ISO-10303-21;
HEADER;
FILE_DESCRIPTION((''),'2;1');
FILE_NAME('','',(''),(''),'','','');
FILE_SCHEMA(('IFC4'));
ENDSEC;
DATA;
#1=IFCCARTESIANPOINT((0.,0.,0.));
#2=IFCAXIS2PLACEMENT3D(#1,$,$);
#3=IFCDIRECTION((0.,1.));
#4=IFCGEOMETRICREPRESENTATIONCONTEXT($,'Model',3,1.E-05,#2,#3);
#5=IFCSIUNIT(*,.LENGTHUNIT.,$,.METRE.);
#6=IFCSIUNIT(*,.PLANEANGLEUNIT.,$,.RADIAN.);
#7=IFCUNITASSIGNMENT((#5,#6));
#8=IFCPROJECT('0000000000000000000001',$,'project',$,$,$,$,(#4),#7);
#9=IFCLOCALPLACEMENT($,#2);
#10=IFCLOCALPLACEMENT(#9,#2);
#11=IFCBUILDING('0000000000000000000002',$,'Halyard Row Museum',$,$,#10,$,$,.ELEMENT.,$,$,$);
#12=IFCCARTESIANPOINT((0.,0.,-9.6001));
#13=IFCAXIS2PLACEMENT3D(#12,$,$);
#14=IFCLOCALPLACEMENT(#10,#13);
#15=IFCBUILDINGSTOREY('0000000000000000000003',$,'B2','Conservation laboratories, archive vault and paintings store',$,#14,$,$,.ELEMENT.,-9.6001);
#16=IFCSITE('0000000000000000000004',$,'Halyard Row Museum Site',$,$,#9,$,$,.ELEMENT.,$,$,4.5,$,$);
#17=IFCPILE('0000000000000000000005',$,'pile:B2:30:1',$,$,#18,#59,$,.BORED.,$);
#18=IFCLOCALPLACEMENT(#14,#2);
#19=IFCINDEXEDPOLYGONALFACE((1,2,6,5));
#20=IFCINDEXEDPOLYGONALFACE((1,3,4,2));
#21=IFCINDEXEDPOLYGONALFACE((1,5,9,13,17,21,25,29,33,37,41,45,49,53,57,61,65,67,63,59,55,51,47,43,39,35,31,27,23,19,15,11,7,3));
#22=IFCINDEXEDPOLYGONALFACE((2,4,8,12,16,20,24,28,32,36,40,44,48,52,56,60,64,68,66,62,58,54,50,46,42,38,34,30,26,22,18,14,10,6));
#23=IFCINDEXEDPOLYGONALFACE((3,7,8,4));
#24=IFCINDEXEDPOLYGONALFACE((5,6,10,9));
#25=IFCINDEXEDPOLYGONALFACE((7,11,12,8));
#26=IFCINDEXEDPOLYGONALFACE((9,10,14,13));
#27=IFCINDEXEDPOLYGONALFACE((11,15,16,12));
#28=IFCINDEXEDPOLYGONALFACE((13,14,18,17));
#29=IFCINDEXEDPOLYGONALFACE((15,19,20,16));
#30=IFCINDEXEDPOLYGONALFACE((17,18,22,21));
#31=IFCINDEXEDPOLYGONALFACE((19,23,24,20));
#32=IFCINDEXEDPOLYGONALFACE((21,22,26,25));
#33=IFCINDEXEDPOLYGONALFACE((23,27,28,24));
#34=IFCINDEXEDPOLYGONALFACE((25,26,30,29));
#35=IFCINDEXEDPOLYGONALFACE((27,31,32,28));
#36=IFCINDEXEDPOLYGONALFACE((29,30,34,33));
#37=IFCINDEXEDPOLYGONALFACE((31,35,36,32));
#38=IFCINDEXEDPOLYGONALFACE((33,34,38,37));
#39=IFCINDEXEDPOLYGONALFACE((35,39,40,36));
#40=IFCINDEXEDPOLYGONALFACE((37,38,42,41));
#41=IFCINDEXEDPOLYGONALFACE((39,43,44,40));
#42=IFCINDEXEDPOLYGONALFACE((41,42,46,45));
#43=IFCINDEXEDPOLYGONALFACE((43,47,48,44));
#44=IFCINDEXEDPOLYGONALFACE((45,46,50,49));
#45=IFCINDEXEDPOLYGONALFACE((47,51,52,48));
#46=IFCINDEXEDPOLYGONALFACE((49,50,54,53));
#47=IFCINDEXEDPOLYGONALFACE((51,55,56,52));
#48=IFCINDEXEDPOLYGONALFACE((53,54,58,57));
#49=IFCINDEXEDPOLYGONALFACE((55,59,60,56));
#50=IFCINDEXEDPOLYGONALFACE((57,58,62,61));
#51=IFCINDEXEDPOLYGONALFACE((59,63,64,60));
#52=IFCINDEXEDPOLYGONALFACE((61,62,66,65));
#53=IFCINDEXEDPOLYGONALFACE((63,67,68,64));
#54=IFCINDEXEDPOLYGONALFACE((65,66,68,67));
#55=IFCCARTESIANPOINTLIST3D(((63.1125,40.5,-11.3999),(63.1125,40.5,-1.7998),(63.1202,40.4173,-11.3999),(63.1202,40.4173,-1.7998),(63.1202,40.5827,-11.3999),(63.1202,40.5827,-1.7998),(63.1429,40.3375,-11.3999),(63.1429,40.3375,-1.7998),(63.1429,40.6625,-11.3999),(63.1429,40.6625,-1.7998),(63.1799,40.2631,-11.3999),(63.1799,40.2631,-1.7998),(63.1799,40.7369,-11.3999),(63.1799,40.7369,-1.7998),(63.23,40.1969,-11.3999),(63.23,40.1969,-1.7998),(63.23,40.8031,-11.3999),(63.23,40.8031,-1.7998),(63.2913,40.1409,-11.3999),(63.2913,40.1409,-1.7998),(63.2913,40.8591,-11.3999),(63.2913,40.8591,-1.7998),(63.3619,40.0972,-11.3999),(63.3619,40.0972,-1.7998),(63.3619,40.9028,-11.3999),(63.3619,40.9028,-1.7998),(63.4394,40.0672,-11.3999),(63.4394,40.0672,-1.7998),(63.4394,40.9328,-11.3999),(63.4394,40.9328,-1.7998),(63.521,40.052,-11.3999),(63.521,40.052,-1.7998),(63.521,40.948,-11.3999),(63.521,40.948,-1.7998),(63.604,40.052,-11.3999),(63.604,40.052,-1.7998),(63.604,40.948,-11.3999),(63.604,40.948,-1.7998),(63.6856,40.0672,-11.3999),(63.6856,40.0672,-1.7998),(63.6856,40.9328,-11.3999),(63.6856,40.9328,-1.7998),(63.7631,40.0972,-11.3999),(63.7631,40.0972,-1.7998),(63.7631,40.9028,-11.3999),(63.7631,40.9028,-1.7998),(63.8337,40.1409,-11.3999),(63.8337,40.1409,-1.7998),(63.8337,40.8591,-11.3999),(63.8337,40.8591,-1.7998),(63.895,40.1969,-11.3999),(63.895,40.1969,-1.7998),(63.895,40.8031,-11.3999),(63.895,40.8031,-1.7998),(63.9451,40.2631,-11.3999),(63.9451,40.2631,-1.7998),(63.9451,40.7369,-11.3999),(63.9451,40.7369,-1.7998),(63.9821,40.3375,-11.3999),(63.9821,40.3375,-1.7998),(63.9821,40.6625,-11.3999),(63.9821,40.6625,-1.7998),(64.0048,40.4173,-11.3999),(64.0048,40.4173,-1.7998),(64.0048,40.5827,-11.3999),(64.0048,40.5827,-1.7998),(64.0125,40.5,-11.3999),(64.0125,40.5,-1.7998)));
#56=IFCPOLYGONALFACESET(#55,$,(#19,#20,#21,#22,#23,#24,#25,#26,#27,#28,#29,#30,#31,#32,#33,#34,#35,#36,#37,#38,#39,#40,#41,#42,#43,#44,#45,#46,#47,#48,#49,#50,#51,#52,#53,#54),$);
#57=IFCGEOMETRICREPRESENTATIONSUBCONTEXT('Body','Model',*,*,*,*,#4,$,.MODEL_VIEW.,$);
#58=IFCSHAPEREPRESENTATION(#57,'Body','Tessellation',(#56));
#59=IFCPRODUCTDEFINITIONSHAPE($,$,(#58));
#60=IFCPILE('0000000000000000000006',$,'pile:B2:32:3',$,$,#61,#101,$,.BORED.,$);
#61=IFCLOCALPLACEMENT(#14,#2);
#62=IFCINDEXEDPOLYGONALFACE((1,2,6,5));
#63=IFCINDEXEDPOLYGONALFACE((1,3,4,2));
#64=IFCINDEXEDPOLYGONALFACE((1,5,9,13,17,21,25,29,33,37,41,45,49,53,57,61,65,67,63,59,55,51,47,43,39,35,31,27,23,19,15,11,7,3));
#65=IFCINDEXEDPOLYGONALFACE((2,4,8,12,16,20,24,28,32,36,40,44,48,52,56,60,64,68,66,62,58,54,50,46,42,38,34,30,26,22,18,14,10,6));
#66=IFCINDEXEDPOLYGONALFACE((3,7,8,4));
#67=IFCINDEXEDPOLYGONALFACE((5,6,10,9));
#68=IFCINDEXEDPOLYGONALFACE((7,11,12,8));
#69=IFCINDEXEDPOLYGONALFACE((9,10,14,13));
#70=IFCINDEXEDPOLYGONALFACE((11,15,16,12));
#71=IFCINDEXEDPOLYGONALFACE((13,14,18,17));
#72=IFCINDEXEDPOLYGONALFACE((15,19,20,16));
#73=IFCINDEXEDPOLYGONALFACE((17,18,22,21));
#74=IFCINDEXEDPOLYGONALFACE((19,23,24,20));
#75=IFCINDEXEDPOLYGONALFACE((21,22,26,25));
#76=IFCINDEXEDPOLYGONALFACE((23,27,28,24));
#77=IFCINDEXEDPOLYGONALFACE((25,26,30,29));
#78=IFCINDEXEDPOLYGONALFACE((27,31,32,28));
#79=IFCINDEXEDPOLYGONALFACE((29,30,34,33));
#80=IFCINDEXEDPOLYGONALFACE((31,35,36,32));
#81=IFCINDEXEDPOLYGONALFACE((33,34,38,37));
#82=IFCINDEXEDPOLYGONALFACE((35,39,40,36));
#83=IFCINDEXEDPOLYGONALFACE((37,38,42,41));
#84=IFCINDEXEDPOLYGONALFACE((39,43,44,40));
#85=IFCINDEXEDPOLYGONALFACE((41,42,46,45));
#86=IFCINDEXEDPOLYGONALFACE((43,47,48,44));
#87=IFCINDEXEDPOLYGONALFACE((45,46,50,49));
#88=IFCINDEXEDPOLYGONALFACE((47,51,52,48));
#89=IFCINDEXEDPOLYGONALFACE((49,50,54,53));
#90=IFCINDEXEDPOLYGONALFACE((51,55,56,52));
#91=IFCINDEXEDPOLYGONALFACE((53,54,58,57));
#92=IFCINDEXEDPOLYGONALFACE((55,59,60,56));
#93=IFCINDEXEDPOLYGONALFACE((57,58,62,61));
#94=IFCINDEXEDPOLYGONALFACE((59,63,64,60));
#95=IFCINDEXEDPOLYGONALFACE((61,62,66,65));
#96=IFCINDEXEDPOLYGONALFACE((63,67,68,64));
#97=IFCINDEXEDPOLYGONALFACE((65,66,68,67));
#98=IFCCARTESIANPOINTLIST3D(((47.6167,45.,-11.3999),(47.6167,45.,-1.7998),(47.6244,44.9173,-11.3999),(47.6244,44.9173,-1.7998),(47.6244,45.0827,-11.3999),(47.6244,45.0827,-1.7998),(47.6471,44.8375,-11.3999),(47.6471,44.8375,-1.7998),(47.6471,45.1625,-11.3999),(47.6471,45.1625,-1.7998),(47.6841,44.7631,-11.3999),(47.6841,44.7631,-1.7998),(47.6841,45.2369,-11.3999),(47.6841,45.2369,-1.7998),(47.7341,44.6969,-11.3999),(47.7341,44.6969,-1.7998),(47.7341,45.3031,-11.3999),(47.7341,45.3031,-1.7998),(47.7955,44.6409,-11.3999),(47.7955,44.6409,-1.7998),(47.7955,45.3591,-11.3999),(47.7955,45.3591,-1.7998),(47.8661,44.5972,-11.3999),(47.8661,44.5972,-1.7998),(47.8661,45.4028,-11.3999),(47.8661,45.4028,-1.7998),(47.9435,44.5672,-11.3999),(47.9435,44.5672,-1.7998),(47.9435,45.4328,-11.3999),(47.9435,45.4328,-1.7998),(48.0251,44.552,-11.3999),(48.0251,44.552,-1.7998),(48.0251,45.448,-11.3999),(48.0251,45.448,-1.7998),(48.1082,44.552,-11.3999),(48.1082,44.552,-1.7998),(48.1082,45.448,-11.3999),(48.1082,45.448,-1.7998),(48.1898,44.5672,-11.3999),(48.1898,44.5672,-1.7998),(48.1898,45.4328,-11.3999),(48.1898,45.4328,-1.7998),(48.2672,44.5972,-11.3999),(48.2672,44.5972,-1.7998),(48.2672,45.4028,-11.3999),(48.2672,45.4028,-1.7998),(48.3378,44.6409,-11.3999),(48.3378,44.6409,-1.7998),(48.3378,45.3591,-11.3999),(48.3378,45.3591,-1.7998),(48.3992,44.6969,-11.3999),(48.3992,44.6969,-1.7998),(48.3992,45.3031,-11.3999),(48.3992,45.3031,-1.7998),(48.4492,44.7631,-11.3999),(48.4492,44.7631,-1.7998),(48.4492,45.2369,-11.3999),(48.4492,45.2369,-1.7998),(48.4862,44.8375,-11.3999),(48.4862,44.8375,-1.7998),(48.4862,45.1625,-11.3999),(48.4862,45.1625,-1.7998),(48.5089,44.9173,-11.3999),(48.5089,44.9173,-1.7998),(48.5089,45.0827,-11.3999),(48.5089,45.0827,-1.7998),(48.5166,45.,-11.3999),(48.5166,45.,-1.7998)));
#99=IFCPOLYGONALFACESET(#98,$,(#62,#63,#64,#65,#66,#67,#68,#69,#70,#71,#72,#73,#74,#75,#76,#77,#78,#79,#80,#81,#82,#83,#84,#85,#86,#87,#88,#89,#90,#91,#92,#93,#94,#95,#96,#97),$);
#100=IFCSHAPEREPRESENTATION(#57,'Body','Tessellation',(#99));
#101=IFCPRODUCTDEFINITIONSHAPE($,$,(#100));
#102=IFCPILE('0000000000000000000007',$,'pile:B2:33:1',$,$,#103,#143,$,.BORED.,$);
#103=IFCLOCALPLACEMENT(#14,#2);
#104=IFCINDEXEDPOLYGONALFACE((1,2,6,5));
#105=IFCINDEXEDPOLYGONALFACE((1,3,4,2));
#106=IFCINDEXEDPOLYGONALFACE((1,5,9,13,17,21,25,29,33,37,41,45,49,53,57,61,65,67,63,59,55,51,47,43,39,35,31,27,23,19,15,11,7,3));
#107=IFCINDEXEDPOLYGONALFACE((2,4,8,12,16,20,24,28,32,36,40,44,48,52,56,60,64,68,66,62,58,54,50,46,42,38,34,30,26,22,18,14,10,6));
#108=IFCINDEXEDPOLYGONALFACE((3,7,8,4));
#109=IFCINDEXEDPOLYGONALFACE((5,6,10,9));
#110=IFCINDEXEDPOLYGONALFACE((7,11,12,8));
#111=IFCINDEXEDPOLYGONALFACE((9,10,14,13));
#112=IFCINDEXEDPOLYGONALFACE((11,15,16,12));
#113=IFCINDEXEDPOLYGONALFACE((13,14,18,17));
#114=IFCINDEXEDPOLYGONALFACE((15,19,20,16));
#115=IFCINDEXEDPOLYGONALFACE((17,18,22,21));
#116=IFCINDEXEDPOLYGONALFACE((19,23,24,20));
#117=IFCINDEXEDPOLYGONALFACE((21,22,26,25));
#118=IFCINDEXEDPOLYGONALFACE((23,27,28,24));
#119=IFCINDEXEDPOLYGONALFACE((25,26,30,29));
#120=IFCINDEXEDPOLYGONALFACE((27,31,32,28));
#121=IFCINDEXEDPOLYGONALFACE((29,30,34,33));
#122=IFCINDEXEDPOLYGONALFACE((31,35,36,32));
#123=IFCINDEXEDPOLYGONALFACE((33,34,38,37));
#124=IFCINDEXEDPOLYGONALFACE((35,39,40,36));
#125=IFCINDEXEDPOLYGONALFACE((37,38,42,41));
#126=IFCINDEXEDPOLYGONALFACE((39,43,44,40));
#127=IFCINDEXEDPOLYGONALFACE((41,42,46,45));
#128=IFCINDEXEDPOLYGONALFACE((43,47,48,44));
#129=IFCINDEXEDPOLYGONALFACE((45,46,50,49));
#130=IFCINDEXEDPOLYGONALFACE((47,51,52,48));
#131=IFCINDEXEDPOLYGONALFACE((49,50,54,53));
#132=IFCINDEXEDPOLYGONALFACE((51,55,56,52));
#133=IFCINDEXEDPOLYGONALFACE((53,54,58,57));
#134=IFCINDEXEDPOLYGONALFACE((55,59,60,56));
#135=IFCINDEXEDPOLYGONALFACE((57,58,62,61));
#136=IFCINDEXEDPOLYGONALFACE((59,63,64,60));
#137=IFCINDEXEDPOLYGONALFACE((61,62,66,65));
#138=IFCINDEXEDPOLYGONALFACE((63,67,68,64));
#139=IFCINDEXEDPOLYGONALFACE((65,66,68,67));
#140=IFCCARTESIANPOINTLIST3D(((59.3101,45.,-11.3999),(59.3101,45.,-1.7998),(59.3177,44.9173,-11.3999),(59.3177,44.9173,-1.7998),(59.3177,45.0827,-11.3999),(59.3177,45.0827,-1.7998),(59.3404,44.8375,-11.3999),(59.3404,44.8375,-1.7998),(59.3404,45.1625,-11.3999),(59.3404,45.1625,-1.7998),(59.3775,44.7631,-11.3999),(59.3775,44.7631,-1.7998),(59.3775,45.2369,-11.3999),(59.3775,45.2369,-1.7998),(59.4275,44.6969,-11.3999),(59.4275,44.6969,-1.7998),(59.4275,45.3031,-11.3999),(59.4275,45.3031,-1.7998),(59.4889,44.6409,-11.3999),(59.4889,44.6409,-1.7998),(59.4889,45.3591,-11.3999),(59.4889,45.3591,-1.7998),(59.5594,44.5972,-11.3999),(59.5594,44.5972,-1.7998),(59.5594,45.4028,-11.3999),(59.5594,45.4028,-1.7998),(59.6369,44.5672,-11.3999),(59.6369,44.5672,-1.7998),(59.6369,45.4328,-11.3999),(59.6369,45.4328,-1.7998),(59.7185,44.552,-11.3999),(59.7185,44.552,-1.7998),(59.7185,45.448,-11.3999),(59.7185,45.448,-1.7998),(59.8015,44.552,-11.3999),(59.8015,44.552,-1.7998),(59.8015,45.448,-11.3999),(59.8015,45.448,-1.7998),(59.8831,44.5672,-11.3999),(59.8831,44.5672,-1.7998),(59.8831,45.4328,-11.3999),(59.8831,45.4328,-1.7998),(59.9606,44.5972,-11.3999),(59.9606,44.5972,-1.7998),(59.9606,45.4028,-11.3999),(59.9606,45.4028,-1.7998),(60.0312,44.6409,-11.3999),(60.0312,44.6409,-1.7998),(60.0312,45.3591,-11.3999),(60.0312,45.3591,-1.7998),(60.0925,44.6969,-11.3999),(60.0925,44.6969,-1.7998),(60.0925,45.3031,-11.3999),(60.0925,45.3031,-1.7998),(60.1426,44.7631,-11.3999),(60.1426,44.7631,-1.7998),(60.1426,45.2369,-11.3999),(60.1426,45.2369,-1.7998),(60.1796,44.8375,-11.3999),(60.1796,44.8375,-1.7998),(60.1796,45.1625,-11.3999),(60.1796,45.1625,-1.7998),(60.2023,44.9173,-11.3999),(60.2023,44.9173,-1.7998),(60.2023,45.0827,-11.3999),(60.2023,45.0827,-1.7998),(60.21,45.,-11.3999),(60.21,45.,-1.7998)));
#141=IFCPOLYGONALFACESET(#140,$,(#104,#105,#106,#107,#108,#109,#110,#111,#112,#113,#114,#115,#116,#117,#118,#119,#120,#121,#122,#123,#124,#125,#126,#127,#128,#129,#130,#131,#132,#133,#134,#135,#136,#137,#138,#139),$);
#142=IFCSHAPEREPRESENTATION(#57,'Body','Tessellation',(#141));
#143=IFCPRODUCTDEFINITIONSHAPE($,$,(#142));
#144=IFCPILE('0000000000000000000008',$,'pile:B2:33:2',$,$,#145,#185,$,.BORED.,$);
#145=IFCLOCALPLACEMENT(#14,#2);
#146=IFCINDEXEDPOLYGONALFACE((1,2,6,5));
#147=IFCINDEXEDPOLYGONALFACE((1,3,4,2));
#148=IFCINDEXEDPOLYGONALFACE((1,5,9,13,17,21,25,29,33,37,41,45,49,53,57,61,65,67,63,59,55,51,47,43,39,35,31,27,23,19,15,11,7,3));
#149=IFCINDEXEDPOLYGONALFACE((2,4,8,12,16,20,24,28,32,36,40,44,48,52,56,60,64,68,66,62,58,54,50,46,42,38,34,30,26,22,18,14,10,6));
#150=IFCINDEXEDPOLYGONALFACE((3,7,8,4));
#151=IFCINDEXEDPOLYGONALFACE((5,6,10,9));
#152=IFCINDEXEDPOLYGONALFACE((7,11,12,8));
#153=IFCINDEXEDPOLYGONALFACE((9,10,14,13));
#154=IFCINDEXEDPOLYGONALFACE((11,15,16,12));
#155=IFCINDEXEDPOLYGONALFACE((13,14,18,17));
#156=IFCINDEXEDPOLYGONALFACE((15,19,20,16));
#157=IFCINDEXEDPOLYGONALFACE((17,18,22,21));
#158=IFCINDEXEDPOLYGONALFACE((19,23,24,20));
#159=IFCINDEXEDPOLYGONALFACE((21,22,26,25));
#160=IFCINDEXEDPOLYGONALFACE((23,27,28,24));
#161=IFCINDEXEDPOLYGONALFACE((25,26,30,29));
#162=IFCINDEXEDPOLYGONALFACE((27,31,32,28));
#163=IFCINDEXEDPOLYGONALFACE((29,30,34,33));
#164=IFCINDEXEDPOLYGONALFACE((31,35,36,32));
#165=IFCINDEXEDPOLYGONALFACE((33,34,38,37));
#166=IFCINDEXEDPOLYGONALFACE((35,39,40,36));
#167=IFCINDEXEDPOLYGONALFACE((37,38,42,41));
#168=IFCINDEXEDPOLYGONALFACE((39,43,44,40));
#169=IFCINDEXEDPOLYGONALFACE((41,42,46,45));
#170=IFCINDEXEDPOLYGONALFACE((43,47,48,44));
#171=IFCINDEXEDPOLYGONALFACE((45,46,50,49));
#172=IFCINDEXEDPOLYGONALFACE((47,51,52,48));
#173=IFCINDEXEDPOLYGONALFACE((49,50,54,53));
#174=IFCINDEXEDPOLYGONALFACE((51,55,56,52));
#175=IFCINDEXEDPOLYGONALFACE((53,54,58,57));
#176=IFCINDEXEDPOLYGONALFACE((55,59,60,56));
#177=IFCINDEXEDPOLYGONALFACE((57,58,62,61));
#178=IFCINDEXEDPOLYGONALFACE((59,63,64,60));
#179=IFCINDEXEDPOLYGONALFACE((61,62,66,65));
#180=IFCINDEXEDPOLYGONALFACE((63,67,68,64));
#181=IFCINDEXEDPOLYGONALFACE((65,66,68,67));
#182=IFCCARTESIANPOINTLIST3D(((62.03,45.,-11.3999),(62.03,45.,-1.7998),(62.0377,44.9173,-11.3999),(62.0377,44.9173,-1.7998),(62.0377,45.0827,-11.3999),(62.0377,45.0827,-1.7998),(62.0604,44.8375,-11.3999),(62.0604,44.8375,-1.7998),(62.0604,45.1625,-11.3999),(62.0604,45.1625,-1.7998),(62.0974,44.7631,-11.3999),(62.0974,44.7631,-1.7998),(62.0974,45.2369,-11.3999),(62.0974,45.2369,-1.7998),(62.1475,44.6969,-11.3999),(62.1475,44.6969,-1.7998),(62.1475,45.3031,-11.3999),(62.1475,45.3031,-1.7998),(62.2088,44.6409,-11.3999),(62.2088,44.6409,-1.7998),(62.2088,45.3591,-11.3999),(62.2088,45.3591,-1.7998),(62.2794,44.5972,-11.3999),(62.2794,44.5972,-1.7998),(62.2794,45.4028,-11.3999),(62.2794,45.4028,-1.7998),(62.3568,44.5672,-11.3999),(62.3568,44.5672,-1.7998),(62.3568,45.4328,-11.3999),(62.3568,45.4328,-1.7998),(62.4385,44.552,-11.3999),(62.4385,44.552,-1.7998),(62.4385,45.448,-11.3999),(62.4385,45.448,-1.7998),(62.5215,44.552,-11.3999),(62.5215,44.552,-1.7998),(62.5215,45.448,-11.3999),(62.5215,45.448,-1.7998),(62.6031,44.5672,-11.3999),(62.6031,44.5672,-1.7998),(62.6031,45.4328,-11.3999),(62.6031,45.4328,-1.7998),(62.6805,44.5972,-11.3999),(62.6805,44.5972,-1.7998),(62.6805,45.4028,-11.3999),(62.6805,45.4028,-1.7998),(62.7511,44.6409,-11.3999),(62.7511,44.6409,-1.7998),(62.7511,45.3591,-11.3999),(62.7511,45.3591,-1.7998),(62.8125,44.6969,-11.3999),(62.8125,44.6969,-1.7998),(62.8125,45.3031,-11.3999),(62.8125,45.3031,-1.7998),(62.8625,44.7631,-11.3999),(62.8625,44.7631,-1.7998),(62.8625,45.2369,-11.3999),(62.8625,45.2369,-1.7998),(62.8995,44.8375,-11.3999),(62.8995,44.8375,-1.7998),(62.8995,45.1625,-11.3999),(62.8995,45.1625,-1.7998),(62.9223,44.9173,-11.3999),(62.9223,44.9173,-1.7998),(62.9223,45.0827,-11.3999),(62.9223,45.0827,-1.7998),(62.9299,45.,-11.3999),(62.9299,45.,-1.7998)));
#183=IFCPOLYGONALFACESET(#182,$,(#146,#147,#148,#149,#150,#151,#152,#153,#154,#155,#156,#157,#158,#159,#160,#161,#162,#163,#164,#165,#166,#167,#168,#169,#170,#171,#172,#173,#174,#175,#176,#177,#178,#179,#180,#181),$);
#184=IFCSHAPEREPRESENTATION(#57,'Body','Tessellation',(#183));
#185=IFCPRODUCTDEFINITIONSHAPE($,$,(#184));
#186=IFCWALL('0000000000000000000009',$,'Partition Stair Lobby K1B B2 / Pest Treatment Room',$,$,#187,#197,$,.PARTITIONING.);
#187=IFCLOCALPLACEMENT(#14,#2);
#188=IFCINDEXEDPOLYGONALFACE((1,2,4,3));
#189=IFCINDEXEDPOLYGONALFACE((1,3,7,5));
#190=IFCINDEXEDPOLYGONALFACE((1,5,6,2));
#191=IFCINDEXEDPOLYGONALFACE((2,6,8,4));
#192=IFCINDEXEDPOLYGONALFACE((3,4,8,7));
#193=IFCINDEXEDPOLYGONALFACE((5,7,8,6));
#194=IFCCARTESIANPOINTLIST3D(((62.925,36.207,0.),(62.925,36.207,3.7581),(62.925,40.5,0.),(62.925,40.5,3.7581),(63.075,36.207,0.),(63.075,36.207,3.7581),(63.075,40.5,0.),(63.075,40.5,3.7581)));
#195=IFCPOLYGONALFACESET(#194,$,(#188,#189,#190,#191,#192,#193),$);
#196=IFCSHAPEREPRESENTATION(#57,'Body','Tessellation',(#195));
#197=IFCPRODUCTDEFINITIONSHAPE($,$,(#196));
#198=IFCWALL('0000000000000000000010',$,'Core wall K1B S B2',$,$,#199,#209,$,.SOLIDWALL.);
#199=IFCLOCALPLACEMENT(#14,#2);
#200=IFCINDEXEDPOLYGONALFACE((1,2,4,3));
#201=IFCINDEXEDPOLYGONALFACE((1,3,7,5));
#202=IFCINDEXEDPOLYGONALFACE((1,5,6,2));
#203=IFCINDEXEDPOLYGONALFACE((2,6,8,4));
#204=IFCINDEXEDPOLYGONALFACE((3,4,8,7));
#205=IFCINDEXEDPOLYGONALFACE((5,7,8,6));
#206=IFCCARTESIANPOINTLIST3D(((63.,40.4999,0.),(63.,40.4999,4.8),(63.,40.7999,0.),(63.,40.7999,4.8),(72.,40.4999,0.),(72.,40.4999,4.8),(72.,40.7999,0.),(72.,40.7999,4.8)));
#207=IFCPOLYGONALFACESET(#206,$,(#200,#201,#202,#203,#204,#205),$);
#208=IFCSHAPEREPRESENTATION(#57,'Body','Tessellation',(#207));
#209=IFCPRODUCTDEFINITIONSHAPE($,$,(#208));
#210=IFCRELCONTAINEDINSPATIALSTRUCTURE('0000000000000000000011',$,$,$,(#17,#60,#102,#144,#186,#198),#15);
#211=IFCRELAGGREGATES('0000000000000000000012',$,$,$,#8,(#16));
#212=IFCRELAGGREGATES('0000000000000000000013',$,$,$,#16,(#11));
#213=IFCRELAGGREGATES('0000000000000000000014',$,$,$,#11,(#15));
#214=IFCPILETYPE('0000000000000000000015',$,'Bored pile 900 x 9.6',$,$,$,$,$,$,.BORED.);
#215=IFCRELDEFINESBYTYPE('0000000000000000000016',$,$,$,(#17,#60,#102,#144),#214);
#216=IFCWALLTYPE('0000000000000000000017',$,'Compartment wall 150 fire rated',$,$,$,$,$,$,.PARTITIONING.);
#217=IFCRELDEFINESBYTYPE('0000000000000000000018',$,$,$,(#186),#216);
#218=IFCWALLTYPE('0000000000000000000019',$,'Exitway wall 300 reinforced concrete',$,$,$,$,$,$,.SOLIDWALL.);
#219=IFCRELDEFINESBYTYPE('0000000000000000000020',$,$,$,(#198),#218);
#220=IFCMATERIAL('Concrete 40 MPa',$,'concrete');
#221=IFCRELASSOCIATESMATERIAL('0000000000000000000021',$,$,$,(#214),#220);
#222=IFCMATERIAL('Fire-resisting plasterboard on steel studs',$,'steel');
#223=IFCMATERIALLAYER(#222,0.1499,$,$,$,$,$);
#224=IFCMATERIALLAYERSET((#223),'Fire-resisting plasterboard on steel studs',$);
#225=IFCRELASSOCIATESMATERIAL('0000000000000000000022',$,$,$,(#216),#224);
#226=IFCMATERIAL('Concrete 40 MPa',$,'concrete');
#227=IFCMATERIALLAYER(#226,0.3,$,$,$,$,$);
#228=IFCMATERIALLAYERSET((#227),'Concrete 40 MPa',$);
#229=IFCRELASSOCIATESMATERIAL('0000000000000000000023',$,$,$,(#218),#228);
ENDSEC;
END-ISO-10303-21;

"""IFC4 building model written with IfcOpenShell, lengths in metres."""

from ifc_helpers import new_model, si_unit, direction, frame, frame_2d, origin, origin_2d, place, context, subcontext, project, spatial, rectangle, circle, extrude, material, layer, layer_set, material_profile, profile_set, type_object, element, save


model = new_model("IFC4")

# Units and contexts
model_context = context("Model", 3, precision=1e-05, world=origin(), true_north=direction((0.0, 1.0)))
body_context = subcontext(model_context, "Body", "Model", "MODEL_VIEW")
ifc_project = project(units=[si_unit("LENGTHUNIT", "METRE"), si_unit("PLANEANGLEUNIT", "RADIAN")], contexts=[model_context])

# Site, building, storey
site_placement = place(None, origin())
site = spatial("IfcSite", under=ifc_project, at=site_placement, Name="Halyard Row Museum Site", CompositionType="ELEMENT", RefElevation=4.5)
building_placement = place(site_placement, origin())
building = spatial("IfcBuilding", under=site, at=building_placement, Name="Halyard Row Museum", CompositionType="ELEMENT")
storey_placement = place(building_placement, frame((0.0, 0.0, -9.6001)))
storey = spatial("IfcBuildingStorey", under=building, at=storey_placement, Name="B2", Description="Conservation laboratories, archive vault and paintings store", CompositionType="ELEMENT", Elevation=-9.6001)

# Piles
ifc_material_1 = material(Name="Concrete 40 MPa", Category="concrete")
ifc_material_profile_1 = material_profile(ifc_material_1, circle(Radius=0.45, at=origin_2d()), Name="Bored pile 900 x 9.6")
ifc_profile_set_1 = profile_set([ifc_material_profile_1], Name="Concrete 40 MPa")
pile_type_1 = type_object("IfcPileType", Name="Bored pile 900 x 9.6", PredefinedType="BORED", material=ifc_profile_set_1)
for number, where, z_axis, x_axis, name in (
    (1, (63.5625, 40.5, -1.7998), (0.0, 0.0, -1.0), (1.0, 0.0, 0.0), "pile:B2:30:1"),
    (2, (48.0667, 45.0, -1.7998), (0.0, 0.0, -1.0), (1.0, 0.0, 0.0), "pile:B2:32:3"),
    (3, (59.76, 45.0, -1.7998), (0.0, 0.0, -1.0), (1.0, 0.0, 0.0), "pile:B2:33:1"),
    (4, (62.48, 45.0, -1.7998), (0.0, 0.0, -1.0), (1.0, 0.0, 0.0), "pile:B2:33:2"),
):
    element("IfcPile", number, at=place(storey_placement, frame(where, z_axis=z_axis, x_axis=x_axis)), inside=storey, type_object=pile_type_1, Name=name, PredefinedType="BORED", context=body_context, shape_type="SweptSolid", body=[
        extrude(circle(Radius=0.45, at=origin_2d()), origin(), (0.0, 0.0, 1.0), 9.6001),
    ])

# Walls
ifc_material_2 = material(Name="Fire-resisting plasterboard on steel studs", Category="steel")
ifc_layer_1 = layer(ifc_material_2, 0.1499)
ifc_layer_set_1 = layer_set([ifc_layer_1], Name="Fire-resisting plasterboard on steel studs")
wall_type_1 = type_object("IfcWallType", Name="Compartment wall 150 fire rated", PredefinedType="PARTITIONING", material=ifc_layer_set_1)
wall_1_placement = place(storey_placement, frame((63.0, 36.207, 0.0), z_axis=(0.0, 0.0, 1.0), x_axis=(0.0, 1.0, 0.0)))
element("IfcWall", 5, at=wall_1_placement, inside=storey, type_object=wall_type_1, Name="Partition Stair Lobby K1B B2 / Pest Treatment Room", PredefinedType="PARTITIONING", context=body_context, shape_type="SweptSolid", body=[
    extrude(rectangle(XDim=4.293, YDim=0.1499, at=frame_2d((2.1465, 0.0))), origin(), (0.0, 0.0, 1.0), 3.7581),
])
ifc_material_3 = material(Name="Concrete 40 MPa", Category="concrete")
ifc_layer_2 = layer(ifc_material_3, 0.3)
ifc_layer_set_2 = layer_set([ifc_layer_2], Name="Concrete 40 MPa")
wall_type_2 = type_object("IfcWallType", Name="Exitway wall 300 reinforced concrete", PredefinedType="SOLIDWALL", material=ifc_layer_set_2)
wall_2_placement = place(storey_placement, frame((63.0, 40.6499, 0.0), z_axis=(0.0, 0.0, 1.0), x_axis=(1.0, 0.0, 0.0)))
element("IfcWall", 6, at=wall_2_placement, inside=storey, type_object=wall_type_2, Name="Core wall K1B S B2", PredefinedType="SOLIDWALL", context=body_context, shape_type="SweptSolid", body=[
    extrude(rectangle(XDim=9.0, YDim=0.3, at=frame_2d((4.5, 0.0))), origin(), (0.0, 0.0, 1.0), 4.8),
])

save(model, "model.ifc")
